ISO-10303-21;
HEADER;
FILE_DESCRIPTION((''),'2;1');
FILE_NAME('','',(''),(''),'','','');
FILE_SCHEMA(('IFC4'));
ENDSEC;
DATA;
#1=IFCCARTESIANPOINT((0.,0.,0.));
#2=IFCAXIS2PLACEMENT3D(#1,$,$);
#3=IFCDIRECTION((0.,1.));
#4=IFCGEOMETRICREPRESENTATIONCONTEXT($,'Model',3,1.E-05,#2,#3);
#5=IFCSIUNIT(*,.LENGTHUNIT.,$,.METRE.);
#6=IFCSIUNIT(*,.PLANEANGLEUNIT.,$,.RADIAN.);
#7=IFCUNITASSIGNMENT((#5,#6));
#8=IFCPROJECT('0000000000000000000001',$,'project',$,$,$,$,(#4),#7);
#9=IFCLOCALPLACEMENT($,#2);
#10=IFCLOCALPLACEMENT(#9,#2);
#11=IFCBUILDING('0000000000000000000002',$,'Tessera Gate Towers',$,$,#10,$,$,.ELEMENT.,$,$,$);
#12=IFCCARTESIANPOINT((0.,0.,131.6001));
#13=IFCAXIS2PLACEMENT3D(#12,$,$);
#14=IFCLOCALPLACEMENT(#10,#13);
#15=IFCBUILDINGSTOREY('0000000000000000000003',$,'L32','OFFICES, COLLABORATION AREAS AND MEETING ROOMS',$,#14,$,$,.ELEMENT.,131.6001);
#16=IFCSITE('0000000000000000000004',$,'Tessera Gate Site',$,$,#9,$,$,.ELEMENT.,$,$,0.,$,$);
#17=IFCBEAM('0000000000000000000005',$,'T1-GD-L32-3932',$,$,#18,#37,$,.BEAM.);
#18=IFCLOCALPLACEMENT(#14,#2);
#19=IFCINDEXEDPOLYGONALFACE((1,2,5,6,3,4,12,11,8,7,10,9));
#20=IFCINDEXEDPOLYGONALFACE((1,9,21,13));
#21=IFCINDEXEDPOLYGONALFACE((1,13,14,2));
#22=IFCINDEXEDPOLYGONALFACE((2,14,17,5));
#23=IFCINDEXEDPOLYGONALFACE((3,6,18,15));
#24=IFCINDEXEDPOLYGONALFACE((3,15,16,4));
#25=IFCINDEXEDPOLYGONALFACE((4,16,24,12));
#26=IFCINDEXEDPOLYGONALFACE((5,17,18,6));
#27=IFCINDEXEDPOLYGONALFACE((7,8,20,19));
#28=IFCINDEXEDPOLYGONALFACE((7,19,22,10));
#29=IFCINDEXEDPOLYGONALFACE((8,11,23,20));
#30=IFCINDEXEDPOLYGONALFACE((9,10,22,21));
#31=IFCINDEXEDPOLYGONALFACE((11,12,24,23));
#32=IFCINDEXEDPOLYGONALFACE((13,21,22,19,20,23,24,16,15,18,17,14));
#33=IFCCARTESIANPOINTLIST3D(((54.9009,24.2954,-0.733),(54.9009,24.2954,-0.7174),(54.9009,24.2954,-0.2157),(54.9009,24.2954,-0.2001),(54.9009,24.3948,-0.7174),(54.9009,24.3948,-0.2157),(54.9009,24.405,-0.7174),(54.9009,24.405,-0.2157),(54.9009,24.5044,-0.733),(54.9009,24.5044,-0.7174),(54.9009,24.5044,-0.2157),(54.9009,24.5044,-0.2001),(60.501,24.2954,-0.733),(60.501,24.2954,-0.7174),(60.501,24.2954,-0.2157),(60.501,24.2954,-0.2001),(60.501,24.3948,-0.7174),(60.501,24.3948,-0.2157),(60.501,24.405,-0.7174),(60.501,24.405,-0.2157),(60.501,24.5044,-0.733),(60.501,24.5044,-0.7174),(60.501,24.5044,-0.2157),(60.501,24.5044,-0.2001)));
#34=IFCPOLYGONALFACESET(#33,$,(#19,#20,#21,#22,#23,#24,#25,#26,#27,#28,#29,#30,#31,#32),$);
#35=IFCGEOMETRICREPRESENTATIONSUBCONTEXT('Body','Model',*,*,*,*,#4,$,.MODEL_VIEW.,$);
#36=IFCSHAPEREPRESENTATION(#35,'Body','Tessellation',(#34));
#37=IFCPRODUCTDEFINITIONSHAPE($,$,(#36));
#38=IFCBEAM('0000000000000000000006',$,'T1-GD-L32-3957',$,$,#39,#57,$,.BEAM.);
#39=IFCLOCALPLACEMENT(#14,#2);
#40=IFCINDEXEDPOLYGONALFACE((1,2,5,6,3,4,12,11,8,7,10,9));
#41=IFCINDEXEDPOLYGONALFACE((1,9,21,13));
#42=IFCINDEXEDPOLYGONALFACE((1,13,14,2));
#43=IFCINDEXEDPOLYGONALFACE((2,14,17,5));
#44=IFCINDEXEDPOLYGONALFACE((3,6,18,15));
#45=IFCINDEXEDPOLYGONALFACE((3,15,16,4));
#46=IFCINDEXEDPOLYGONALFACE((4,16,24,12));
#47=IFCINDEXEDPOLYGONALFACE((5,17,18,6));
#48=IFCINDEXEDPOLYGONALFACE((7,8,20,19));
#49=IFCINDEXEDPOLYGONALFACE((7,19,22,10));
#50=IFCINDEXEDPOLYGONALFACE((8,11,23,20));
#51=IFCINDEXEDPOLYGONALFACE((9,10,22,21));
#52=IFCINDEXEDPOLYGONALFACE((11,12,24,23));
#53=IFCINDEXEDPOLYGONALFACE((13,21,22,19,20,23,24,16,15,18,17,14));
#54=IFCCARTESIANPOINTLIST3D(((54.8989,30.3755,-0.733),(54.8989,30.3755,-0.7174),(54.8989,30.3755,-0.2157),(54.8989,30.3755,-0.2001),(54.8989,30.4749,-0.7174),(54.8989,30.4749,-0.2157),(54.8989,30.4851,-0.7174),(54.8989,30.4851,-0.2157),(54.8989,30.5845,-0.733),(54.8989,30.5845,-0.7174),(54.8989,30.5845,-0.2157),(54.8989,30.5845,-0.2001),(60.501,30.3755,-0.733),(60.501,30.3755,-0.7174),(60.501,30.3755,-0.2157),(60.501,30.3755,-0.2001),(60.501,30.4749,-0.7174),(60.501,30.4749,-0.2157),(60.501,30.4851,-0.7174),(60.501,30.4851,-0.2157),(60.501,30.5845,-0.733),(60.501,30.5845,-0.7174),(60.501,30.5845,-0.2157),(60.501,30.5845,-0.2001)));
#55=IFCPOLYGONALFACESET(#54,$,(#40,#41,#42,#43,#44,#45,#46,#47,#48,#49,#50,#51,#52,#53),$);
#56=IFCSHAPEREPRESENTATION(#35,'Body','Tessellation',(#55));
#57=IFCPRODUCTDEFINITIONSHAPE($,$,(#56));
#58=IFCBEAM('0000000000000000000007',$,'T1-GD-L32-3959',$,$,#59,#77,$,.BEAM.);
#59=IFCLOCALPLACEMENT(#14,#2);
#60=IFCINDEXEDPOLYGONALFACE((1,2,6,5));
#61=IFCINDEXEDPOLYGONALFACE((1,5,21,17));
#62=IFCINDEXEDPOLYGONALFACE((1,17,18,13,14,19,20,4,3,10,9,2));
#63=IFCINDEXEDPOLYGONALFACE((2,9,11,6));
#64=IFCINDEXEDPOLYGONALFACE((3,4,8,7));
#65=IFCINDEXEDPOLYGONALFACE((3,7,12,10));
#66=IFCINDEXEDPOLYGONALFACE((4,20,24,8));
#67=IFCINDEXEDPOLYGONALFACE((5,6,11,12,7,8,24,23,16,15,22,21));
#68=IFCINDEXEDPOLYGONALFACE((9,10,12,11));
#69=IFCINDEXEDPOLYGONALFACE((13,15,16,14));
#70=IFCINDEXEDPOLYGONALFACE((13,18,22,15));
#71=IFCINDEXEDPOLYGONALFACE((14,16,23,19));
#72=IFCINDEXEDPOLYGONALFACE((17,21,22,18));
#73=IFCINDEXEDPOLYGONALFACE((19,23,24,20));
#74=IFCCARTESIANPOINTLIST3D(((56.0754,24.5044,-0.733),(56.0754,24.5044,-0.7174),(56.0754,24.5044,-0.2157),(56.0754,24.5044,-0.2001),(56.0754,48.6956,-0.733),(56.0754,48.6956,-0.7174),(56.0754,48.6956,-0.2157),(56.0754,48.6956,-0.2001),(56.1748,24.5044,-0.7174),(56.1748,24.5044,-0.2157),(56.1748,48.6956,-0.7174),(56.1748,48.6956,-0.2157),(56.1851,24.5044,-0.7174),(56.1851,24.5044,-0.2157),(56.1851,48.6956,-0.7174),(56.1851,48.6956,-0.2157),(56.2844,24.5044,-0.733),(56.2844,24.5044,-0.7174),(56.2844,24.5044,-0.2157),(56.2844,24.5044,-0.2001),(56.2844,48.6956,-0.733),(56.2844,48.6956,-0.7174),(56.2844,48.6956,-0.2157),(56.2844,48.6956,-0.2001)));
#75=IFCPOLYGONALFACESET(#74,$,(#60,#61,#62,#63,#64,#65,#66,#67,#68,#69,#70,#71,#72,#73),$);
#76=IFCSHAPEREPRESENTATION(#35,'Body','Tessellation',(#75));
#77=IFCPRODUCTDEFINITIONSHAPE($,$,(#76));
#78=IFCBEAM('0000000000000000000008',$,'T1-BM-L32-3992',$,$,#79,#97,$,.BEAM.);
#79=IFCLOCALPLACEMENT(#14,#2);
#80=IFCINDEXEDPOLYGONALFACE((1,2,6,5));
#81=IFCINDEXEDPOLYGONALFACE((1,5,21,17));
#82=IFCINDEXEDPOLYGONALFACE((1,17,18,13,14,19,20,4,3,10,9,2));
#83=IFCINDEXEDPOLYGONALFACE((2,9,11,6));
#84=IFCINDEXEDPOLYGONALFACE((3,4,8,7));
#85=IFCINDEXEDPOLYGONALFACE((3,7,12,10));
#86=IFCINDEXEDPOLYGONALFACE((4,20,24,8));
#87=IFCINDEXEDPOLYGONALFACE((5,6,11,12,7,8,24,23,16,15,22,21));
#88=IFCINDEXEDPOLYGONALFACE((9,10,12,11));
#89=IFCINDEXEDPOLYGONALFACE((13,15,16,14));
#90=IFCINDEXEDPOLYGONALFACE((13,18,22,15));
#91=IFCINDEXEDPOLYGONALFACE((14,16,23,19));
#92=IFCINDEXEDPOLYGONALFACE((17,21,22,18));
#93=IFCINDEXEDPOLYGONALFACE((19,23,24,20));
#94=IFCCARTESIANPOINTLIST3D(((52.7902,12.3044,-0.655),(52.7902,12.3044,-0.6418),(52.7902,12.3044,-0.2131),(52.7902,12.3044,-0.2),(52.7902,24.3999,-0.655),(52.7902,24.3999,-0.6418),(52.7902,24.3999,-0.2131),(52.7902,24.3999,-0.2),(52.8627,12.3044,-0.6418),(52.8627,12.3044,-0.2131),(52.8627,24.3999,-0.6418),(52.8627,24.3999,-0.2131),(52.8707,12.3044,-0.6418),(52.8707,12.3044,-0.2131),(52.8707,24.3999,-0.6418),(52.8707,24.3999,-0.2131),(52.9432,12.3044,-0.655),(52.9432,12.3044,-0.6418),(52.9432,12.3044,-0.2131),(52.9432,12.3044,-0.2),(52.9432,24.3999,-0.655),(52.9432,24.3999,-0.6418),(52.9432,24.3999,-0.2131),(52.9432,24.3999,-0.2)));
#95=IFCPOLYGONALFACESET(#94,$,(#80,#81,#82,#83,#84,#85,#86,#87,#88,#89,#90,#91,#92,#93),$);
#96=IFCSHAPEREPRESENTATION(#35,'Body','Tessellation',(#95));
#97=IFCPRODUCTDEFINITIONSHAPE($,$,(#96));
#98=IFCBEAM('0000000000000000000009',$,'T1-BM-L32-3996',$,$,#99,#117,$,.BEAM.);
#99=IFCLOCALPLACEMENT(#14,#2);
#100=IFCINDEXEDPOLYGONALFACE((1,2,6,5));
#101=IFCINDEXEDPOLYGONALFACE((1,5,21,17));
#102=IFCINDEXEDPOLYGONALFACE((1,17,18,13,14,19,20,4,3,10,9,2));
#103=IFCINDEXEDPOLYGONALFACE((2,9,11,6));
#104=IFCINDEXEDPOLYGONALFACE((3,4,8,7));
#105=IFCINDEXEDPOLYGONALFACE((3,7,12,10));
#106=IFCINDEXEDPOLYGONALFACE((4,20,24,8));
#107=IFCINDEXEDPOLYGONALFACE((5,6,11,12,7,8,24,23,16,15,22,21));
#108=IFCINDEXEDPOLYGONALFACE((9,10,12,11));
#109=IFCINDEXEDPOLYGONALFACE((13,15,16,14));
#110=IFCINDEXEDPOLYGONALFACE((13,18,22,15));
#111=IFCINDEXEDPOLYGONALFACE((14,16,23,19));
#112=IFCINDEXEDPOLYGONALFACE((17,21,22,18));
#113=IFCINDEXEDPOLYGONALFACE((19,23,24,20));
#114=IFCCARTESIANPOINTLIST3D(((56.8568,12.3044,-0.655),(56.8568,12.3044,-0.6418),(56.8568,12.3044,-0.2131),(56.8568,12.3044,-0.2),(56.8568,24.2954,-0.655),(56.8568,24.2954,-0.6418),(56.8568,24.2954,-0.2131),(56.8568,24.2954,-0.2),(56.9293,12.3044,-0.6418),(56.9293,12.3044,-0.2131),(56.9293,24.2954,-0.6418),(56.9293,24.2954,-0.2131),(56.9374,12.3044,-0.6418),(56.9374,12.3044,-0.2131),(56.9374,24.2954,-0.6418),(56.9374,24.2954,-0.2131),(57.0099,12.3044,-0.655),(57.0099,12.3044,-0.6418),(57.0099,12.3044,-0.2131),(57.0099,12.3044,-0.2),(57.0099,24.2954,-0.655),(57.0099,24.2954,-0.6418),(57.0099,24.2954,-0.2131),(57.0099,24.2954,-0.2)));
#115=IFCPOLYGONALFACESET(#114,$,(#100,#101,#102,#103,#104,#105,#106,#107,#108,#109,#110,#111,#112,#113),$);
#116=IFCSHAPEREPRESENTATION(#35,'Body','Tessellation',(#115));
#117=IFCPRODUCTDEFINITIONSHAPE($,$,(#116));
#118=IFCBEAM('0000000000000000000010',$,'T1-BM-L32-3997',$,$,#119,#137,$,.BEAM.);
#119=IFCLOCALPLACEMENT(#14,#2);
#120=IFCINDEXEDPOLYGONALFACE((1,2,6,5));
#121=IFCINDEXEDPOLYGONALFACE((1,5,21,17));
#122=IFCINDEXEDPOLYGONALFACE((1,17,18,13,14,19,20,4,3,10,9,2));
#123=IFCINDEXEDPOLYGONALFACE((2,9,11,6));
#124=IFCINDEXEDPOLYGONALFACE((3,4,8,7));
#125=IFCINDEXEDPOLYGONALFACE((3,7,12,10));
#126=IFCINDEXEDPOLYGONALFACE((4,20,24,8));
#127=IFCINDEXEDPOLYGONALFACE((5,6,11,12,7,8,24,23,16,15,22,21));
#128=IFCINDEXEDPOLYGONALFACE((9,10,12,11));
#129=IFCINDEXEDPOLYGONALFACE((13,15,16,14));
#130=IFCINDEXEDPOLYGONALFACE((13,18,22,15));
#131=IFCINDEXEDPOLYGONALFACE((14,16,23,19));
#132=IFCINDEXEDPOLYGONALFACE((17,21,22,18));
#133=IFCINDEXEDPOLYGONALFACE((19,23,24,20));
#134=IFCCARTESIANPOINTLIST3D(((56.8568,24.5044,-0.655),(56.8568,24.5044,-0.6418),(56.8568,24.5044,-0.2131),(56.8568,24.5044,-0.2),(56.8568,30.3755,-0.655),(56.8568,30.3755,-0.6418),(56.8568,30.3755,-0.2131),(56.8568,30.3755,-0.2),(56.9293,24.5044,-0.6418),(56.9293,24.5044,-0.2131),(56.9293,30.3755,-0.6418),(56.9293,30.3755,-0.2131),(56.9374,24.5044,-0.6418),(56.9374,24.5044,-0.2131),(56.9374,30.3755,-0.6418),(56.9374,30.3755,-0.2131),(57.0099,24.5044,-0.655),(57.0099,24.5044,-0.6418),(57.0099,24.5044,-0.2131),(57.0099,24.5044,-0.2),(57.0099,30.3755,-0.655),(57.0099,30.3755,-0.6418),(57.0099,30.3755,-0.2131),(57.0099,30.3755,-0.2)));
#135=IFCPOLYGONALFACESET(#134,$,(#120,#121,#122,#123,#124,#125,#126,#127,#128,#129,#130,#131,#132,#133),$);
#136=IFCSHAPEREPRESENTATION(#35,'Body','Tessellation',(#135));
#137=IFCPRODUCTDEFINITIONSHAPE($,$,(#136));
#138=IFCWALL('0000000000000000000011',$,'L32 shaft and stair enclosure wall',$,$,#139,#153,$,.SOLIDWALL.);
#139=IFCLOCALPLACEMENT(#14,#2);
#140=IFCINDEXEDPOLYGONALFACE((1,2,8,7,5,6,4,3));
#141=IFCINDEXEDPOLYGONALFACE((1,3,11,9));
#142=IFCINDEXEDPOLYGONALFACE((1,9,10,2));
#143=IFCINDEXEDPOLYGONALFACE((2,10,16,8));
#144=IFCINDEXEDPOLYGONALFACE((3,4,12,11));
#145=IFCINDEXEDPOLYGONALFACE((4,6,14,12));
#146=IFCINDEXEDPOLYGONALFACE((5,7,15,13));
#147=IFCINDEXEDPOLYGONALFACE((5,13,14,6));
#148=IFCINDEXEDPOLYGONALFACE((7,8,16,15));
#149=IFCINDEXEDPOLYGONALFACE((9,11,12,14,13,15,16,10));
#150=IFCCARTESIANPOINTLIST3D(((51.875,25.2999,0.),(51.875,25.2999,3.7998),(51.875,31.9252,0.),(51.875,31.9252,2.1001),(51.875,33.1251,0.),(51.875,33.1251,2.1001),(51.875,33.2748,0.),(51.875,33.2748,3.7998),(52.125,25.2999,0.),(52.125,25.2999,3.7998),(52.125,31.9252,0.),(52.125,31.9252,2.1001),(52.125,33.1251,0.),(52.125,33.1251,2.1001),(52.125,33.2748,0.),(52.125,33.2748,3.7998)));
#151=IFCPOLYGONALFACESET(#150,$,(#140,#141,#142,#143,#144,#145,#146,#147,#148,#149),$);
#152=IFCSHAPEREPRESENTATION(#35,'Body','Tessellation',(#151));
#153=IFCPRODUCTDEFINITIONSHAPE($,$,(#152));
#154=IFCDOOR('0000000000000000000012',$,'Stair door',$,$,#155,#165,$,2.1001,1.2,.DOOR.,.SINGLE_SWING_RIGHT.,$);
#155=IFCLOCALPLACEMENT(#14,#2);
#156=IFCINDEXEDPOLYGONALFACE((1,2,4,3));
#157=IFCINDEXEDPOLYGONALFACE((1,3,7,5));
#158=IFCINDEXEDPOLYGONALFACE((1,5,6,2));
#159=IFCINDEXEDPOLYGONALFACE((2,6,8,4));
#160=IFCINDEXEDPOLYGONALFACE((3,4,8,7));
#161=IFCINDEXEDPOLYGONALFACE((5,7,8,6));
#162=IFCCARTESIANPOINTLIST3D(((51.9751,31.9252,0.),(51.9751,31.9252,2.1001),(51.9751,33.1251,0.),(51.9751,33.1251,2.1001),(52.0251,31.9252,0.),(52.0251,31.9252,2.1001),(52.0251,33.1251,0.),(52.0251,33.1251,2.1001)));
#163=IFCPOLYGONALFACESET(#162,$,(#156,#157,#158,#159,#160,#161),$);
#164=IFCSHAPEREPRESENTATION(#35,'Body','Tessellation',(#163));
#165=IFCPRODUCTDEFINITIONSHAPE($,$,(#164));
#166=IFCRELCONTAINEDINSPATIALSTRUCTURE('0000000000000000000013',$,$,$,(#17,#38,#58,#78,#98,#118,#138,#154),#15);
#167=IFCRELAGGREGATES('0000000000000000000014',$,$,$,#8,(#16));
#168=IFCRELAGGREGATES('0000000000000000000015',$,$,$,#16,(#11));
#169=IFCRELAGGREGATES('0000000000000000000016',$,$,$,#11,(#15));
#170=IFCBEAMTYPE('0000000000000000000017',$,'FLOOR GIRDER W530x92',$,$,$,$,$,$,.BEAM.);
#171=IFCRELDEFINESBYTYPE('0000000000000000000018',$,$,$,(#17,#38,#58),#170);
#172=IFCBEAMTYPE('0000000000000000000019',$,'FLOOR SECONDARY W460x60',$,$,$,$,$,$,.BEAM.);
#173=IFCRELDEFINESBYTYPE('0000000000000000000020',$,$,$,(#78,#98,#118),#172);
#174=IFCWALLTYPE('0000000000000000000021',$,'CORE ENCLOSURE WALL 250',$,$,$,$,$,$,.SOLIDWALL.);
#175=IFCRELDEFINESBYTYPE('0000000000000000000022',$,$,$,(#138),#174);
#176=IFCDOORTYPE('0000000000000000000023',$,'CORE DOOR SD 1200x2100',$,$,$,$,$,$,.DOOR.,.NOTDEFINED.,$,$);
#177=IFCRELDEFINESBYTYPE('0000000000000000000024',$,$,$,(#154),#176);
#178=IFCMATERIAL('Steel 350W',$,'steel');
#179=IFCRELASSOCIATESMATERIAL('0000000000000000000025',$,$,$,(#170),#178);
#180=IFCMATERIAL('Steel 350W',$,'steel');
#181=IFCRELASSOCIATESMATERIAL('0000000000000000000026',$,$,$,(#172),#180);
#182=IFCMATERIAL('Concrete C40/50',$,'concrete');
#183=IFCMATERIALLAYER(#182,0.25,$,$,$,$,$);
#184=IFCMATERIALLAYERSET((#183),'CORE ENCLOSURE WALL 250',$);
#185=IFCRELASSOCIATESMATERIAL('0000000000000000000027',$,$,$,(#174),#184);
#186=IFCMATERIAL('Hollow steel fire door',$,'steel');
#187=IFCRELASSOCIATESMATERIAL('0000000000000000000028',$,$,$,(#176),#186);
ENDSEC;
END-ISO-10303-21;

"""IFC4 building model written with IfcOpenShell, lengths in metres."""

from ifc_helpers import new_model, si_unit, direction, frame, frame_2d, origin, origin_2d, place, context, subcontext, project, spatial, rectangle, i_section, extrude, source, transform, mapped, material, layer, layer_set, material_profile, profile_set, type_object, element, fill, save


model = new_model("IFC4")

# Units and contexts
model_context = context("Model", 3, precision=1e-05, world=origin(), true_north=direction((0.0, 1.0)))
body_context = subcontext(model_context, "Body", "Model", "MODEL_VIEW")
ifc_project = project(units=[si_unit("LENGTHUNIT", "METRE"), si_unit("PLANEANGLEUNIT", "RADIAN")], contexts=[model_context])

# Site, building, storey
site_placement = place(None, origin())
site = spatial("IfcSite", under=ifc_project, at=site_placement, Name="Tessera Gate Site", CompositionType="ELEMENT", RefElevation=0.0)
building_placement = place(site_placement, origin())
building = spatial("IfcBuilding", under=site, at=building_placement, Name="Tessera Gate Towers", CompositionType="ELEMENT")
storey_placement = place(building_placement, frame((0.0, 0.0, 131.6001)))
storey = spatial("IfcBuildingStorey", under=building, at=storey_placement, Name="L32", Description="OFFICES, COLLABORATION AREAS AND MEETING ROOMS", CompositionType="ELEMENT", Elevation=131.6001)

# Beams
ifc_material_1 = material(Name="Steel 350W", Category="steel")
ifc_material_profile_1 = material_profile(ifc_material_1, i_section(OverallWidth=0.209, OverallDepth=0.533, WebThickness=0.0103, FlangeThickness=0.0156, at=origin_2d()), Name="W530x92")
ifc_profile_set_1 = profile_set([ifc_material_profile_1], Name="Steel 350W")
beam_type_1 = type_object("IfcBeamType", Name="FLOOR GIRDER W530x92", PredefinedType="BEAM", material=ifc_profile_set_1)
beam_1_placement = place(storey_placement, frame((54.9009, 24.3999, -0.4666), z_axis=(1.0, 0.0, 0.0), x_axis=(0.0, 1.0, 0.0)))
element("IfcBeam", 1, at=beam_1_placement, inside=storey, type_object=beam_type_1, Name="T1-GD-L32-3932", PredefinedType="BEAM", context=body_context, shape_type="SweptSolid", body=[
    extrude(i_section(OverallWidth=0.209, OverallDepth=0.533, WebThickness=0.0103, FlangeThickness=0.0156, at=origin_2d()), origin(), (0.0, 0.0, 1.0), 5.6001),
])
beam_2_placement = place(storey_placement, frame((54.8989, 30.48, -0.4666), z_axis=(1.0, 0.0, 0.0), x_axis=(0.0, 1.0, 0.0)))
element("IfcBeam", 2, at=beam_2_placement, inside=storey, type_object=beam_type_1, Name="T1-GD-L32-3957", PredefinedType="BEAM", context=body_context, shape_type="SweptSolid", body=[
    extrude(i_section(OverallWidth=0.209, OverallDepth=0.533, WebThickness=0.0103, FlangeThickness=0.0156, at=origin_2d()), origin(), (0.0, 0.0, 1.0), 5.6021),
])
beam_3_placement = place(storey_placement, frame((56.1799, 24.5044, -0.4666), z_axis=(0.0, 1.0, 0.0), x_axis=(-1.0, 0.0, 0.0)))
element("IfcBeam", 3, at=beam_3_placement, inside=storey, type_object=beam_type_1, Name="T1-GD-L32-3959", PredefinedType="BEAM", context=body_context, shape_type="SweptSolid", body=[
    extrude(i_section(OverallWidth=0.209, OverallDepth=0.533, WebThickness=0.0103, FlangeThickness=0.0156, at=origin_2d()), origin(), (0.0, 0.0, 1.0), 24.1912),
])
ifc_material_2 = material(Name="Steel 350W", Category="steel")
ifc_material_profile_2 = material_profile(ifc_material_2, i_section(OverallWidth=0.1531, OverallDepth=0.4551, WebThickness=0.0081, FlangeThickness=0.0132, at=origin_2d()), Name="W460x60")
ifc_profile_set_2 = profile_set([ifc_material_profile_2], Name="Steel 350W")
beam_type_2 = type_object("IfcBeamType", Name="FLOOR SECONDARY W460x60", PredefinedType="BEAM", material=ifc_profile_set_2)
beam_4_placement = place(storey_placement, frame((52.8667, 12.3044, -0.4275), z_axis=(0.0, 1.0, 0.0), x_axis=(-1.0, 0.0, 0.0)))
element("IfcBeam", 4, at=beam_4_placement, inside=storey, type_object=beam_type_2, Name="T1-BM-L32-3992", PredefinedType="BEAM", context=body_context, shape_type="SweptSolid", body=[
    extrude(i_section(OverallWidth=0.1531, OverallDepth=0.4551, WebThickness=0.0081, FlangeThickness=0.0132, at=origin_2d()), origin(), (0.0, 0.0, 1.0), 12.0955),
])
beam_5_placement = place(storey_placement, frame((56.9333, 12.3044, -0.4275), z_axis=(0.0, 1.0, 0.0), x_axis=(-1.0, 0.0, 0.0)))
element("IfcBeam", 5, at=beam_5_placement, inside=storey, type_object=beam_type_2, Name="T1-BM-L32-3996", PredefinedType="BEAM", context=body_context, shape_type="SweptSolid", body=[
    extrude(i_section(OverallWidth=0.1531, OverallDepth=0.4551, WebThickness=0.0081, FlangeThickness=0.0132, at=origin_2d()), origin(), (0.0, 0.0, 1.0), 11.991),
])
beam_6_placement = place(storey_placement, frame((56.9333, 24.5044, -0.4275), z_axis=(0.0, 1.0, 0.0), x_axis=(-1.0, 0.0, 0.0)))
element("IfcBeam", 6, at=beam_6_placement, inside=storey, type_object=beam_type_2, Name="T1-BM-L32-3997", PredefinedType="BEAM", context=body_context, shape_type="SweptSolid", body=[
    extrude(i_section(OverallWidth=0.1531, OverallDepth=0.4551, WebThickness=0.0081, FlangeThickness=0.0132, at=origin_2d()), origin(), (0.0, 0.0, 1.0), 5.8711),
])

# Wall, opening, door
ifc_material_3 = material(Name="Concrete C40/50", Category="concrete")
ifc_layer_1 = layer(ifc_material_3, 0.25)
ifc_layer_set_1 = layer_set([ifc_layer_1], Name="CORE ENCLOSURE WALL 250")
wall_type_1 = type_object("IfcWallType", Name="CORE ENCLOSURE WALL 250", PredefinedType="SOLIDWALL", material=ifc_layer_set_1)
wall_1_placement = place(storey_placement, frame((52.0, 25.3, 0.0), z_axis=(0.0, 0.0, 1.0), x_axis=(0.0, 1.0, 0.0)))
wall_1 = element("IfcWall", 7, at=wall_1_placement, inside=storey, type_object=wall_type_1, Name="L32 shaft and stair enclosure wall", PredefinedType="SOLIDWALL", context=body_context, shape_type="SweptSolid", body=[
    extrude(rectangle(XDim=7.9749, YDim=0.25, at=frame_2d((3.9873, 0.0))), origin(), (0.0, 0.0, 1.0), 3.7998),
])
shared_shape_1 = source(origin(), body_context, "Body", "SweptSolid", [
    extrude(rectangle(XDim=1.2, YDim=2.1001, at=frame_2d((0.6001, 1.05))), frame((0.0, 0.135, 0.0), z_axis=(0.0, -1.0, 0.0), x_axis=(1.0, 0.0, 0.0)), (0.0, 0.0, 1.0), 0.27),
])
opening_1_placement = place(wall_1_placement, frame((6.625, 0.0, 0.0)))
opening_1 = element("IfcOpeningElement", 8, at=opening_1_placement, cuts=wall_1, PredefinedType="OPENING", context=body_context, shape_type="MappedRepresentation", body=[
    mapped(shared_shape_1, transform((0.0, 0.0, 0.0), scale=1.0)),
])
ifc_material_4 = material(Name="Hollow steel fire door", Category="steel")
door_type_1 = type_object("IfcDoorType", Name="CORE DOOR SD 1200x2100", OperationType="NOTDEFINED", PredefinedType="DOOR", material=ifc_material_4)
shared_shape_2 = source(origin(), body_context, "Body", "SweptSolid", [
    extrude(rectangle(XDim=1.2, YDim=2.1001, at=frame_2d((0.6001, 1.05))), frame((0.0, 0.0249, 0.0), z_axis=(0.0, -1.0, 0.0), x_axis=(1.0, 0.0, 0.0)), (0.0, 0.0, 1.0), 0.05),
])
door_1_placement = place(opening_1_placement, origin())
door_1 = element("IfcDoor", 9, at=door_1_placement, inside=storey, type_object=door_type_1, Name="Stair door", OperationType="SINGLE_SWING_RIGHT", OverallHeight=2.1001, OverallWidth=1.2, PredefinedType="DOOR", context=body_context, shape_type="MappedRepresentation", body=[
    mapped(shared_shape_2, transform((0.0, 0.0, 0.0), scale=1.0)),
])
fill(opening_1, door_1)

save(model, "model.ifc")
